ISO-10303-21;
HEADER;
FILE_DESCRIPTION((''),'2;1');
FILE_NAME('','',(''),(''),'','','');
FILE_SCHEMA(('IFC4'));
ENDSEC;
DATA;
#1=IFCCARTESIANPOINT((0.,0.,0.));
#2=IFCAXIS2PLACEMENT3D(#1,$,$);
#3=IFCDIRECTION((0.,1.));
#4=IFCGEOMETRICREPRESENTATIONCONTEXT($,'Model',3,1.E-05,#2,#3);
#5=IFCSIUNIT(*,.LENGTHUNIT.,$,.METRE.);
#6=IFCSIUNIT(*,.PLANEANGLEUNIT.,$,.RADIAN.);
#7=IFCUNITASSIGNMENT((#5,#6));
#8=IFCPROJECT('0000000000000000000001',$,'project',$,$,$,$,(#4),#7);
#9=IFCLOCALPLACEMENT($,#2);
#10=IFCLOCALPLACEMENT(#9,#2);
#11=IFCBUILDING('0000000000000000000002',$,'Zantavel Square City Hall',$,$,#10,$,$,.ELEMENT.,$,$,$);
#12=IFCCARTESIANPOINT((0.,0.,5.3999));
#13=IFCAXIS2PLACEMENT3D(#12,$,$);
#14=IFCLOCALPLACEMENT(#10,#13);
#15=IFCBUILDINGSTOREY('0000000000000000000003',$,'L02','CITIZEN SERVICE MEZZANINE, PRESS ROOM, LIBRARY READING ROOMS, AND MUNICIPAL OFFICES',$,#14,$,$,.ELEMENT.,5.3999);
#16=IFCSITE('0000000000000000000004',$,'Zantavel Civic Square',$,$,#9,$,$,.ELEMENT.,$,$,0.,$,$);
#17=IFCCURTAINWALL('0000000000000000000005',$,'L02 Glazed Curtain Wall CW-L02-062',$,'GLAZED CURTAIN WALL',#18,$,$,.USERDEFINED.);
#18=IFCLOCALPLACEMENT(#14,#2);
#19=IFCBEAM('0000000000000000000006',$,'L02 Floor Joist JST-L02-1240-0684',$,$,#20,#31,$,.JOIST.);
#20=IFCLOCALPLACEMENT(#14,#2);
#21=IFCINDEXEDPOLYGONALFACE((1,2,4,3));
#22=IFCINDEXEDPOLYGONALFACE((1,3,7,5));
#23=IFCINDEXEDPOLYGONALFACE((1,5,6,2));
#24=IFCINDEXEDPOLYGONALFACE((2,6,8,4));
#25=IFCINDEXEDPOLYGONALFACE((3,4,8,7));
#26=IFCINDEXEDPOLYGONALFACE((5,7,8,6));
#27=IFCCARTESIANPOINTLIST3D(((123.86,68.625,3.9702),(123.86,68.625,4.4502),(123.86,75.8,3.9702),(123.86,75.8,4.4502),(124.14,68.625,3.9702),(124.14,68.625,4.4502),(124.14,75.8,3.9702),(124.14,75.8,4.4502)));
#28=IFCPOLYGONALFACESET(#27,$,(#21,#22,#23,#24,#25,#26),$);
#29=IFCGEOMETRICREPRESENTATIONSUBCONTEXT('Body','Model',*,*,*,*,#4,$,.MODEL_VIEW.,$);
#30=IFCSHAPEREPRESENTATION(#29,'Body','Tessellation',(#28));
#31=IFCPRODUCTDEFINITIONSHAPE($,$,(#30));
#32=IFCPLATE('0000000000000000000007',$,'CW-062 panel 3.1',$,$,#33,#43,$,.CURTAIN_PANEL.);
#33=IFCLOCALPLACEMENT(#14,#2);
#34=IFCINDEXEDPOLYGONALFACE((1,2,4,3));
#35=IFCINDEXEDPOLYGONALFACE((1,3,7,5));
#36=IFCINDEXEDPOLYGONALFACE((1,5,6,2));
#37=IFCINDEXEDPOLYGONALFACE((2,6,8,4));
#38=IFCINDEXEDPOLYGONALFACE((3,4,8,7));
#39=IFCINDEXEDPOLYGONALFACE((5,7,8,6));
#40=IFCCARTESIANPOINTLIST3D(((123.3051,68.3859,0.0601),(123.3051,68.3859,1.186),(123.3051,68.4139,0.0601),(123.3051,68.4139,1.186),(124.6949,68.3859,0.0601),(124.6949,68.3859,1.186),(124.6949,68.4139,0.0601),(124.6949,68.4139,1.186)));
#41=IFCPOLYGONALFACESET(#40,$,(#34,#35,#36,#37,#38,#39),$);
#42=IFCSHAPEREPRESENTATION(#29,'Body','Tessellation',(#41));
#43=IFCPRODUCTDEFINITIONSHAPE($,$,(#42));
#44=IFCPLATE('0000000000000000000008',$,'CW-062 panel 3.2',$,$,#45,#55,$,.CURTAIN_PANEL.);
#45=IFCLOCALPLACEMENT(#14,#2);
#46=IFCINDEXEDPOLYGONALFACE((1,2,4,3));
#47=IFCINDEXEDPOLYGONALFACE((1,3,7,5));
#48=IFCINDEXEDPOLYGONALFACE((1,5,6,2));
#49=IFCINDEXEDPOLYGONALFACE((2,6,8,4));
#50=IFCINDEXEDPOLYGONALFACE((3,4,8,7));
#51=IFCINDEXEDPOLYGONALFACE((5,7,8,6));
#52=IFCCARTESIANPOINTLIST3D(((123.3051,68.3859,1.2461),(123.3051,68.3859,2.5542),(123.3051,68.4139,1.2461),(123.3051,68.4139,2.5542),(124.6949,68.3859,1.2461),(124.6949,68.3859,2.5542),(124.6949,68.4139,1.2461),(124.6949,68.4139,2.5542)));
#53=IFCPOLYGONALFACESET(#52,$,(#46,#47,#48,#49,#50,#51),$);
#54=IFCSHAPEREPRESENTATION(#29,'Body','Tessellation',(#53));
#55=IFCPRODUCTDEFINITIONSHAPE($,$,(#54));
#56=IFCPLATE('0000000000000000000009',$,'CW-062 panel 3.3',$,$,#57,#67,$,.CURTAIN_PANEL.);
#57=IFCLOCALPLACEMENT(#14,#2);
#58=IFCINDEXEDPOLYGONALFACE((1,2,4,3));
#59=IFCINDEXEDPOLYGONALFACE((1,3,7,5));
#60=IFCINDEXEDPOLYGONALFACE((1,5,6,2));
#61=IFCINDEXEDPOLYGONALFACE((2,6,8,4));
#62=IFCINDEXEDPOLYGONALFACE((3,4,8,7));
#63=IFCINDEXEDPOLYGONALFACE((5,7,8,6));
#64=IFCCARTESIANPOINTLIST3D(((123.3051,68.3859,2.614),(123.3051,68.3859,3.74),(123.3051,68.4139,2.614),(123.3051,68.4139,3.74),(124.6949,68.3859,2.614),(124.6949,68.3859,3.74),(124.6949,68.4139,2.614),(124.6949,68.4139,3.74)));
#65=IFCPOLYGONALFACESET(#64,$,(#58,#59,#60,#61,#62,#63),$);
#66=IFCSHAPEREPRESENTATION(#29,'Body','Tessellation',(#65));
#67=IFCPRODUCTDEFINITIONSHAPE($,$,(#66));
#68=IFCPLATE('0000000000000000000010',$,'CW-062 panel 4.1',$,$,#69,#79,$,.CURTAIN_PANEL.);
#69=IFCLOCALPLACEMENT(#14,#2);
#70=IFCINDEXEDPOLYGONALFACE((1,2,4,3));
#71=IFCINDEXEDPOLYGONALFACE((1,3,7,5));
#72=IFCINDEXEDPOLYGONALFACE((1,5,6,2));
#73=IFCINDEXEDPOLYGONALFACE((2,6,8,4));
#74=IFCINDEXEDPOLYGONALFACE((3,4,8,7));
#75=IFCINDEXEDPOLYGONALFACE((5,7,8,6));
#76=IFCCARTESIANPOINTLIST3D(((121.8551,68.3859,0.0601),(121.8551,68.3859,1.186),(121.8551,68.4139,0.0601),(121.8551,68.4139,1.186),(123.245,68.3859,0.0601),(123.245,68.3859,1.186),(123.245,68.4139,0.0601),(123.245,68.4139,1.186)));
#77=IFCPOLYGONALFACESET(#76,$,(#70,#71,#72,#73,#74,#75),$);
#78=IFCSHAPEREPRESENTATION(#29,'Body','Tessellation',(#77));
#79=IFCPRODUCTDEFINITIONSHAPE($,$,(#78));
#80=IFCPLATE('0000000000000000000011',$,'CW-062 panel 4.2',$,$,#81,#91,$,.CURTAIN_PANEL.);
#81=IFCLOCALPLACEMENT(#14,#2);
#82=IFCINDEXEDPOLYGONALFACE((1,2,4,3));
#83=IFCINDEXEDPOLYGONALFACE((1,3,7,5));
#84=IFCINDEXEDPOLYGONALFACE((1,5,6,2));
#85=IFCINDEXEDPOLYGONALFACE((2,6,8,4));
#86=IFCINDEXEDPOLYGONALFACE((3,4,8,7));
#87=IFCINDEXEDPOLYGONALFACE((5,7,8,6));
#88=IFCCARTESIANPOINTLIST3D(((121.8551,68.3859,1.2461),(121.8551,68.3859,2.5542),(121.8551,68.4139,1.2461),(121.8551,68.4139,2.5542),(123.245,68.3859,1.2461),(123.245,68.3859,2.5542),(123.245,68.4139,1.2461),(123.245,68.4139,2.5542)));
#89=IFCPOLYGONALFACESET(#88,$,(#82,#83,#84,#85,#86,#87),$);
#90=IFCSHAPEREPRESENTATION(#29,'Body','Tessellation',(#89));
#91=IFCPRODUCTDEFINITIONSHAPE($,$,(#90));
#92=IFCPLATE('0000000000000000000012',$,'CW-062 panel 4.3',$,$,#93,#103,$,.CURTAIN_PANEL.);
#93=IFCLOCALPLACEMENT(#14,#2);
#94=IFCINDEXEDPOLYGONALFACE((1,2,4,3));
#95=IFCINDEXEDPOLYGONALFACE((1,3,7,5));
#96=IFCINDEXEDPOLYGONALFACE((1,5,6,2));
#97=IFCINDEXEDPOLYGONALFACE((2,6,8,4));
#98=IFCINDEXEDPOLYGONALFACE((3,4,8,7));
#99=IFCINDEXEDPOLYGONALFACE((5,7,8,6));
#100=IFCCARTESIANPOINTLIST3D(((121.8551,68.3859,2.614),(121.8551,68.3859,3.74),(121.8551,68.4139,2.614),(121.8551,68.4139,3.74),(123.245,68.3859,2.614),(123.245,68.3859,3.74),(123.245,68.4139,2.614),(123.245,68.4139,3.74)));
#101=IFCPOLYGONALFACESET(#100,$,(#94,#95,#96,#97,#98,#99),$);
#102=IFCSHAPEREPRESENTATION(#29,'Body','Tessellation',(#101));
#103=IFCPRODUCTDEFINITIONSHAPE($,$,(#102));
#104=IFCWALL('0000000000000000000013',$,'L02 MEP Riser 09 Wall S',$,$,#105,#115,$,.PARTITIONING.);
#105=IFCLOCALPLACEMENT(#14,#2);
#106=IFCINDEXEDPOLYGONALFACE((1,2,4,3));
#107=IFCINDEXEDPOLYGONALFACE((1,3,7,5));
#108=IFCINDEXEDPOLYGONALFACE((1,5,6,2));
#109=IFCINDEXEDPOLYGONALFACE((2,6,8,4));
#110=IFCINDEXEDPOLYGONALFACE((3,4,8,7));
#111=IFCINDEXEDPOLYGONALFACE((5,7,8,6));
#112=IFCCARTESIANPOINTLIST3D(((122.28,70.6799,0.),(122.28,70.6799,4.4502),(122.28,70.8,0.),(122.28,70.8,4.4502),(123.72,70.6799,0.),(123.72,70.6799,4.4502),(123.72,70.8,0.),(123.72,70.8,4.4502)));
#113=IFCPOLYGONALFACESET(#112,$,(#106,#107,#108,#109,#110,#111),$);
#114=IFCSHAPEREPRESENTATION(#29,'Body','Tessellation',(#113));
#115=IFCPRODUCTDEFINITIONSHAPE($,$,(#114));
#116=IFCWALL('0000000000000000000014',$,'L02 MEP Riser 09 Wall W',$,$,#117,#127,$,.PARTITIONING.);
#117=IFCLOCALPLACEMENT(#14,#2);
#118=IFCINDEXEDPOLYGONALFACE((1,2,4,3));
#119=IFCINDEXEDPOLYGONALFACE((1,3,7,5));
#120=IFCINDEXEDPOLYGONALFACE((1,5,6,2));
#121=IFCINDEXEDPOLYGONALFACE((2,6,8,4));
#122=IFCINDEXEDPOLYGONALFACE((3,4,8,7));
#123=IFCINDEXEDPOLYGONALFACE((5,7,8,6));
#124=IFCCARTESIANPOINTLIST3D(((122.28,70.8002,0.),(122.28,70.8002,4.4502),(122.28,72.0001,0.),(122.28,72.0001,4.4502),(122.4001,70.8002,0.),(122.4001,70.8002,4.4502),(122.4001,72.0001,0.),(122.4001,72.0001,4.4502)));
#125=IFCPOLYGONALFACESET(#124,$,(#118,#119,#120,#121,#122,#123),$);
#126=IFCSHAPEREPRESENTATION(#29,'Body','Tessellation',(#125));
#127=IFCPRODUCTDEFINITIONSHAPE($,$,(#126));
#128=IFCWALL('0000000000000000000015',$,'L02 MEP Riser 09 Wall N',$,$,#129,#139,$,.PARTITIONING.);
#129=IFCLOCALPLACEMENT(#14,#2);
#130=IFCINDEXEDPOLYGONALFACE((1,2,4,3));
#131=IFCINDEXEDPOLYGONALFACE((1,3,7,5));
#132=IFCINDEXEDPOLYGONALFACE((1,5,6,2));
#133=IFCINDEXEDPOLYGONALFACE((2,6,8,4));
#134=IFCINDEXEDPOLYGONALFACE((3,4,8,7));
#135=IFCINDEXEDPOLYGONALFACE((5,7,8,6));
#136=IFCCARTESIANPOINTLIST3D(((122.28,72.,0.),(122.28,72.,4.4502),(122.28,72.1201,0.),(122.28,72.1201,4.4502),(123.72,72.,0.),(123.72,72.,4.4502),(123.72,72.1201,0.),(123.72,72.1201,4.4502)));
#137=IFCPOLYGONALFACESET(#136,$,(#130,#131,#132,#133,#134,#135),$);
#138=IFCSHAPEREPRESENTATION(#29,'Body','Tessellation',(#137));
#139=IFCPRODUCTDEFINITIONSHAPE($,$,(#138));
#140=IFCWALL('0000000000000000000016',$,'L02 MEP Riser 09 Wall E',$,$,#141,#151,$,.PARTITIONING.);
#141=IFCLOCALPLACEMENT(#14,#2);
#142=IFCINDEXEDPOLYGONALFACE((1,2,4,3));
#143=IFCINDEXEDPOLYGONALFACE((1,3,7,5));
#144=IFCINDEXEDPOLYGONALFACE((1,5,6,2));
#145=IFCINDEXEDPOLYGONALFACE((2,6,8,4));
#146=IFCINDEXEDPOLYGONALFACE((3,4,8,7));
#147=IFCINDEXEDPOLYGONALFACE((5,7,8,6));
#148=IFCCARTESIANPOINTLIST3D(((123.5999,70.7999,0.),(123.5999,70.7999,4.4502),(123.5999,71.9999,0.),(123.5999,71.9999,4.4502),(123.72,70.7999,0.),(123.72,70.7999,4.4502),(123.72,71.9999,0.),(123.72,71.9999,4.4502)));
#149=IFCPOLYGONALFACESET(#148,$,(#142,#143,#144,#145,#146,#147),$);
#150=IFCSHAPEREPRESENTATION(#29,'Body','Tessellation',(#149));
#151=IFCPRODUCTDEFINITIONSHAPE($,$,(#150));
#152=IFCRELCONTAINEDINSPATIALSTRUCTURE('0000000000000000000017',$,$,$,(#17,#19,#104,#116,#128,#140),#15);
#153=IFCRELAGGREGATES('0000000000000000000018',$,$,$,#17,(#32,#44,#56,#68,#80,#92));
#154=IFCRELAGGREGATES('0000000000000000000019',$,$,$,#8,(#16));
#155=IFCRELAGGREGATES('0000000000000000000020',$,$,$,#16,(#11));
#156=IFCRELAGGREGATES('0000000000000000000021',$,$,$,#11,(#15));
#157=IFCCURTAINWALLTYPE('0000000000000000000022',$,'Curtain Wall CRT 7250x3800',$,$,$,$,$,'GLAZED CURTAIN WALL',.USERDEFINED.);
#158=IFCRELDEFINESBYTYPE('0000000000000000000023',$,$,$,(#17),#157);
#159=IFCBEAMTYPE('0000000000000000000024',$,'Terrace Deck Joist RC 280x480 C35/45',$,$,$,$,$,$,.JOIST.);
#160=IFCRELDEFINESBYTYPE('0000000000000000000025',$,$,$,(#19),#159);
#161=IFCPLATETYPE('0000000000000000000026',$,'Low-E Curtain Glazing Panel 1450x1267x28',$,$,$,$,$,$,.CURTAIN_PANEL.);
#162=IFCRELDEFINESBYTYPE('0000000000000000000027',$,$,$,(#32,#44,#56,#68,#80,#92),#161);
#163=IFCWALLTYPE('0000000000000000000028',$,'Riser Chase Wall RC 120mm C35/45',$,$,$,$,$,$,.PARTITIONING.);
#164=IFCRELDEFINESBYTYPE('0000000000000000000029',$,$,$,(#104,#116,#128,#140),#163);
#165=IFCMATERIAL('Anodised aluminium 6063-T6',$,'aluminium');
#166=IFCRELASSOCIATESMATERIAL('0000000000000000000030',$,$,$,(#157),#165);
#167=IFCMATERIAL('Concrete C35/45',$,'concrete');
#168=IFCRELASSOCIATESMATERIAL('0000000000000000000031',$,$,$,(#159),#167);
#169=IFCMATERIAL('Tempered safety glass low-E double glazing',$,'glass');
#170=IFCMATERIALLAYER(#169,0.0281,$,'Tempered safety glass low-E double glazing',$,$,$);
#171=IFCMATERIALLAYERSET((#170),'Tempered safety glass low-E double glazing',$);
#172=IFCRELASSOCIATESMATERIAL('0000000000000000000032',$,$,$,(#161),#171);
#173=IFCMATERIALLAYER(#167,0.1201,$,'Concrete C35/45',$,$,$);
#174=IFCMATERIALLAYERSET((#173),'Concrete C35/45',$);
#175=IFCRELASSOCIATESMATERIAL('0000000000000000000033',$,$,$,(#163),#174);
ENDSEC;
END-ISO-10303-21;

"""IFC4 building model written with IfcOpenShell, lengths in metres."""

from ifc_helpers import new_model, si_unit, direction, frame, frame_2d, origin, origin_2d, place, context, subcontext, project, spatial, rectangle, extrude, material, layer, layer_set, material_profile, profile_set, type_object, element, aggregate, save


model = new_model("IFC4")

# Units and contexts
model_context = context("Model", 3, precision=1e-05, world=origin(), true_north=direction((0.0, 1.0)))
body_context = subcontext(model_context, "Body", "Model", "MODEL_VIEW")
ifc_project = project(units=[si_unit("LENGTHUNIT", "METRE"), si_unit("PLANEANGLEUNIT", "RADIAN")], contexts=[model_context])

# Site, building, storey
site_placement = place(None, origin())
site = spatial("IfcSite", under=ifc_project, at=site_placement, Name="Zantavel Civic Square", CompositionType="ELEMENT", RefElevation=0.0)
building_placement = place(site_placement, origin())
building = spatial("IfcBuilding", under=site, at=building_placement, Name="Zantavel Square City Hall", CompositionType="ELEMENT")
storey_placement = place(building_placement, frame((0.0, 0.0, 5.3999)))
storey = spatial("IfcBuildingStorey", under=building, at=storey_placement, Name="L02", Description="CITIZEN SERVICE MEZZANINE, PRESS ROOM, LIBRARY READING ROOMS, AND MUNICIPAL OFFICES", CompositionType="ELEMENT", Elevation=5.3999)

# Curtain wall
ifc_material_1 = material(Name="Anodised aluminium 6063-T6", Category="aluminium")
curtain_wall_type = type_object("IfcCurtainWallType", Name="Curtain Wall CRT 7250x3800", ElementType="GLAZED CURTAIN WALL", PredefinedType="USERDEFINED", material=ifc_material_1)
curtain_wall_placement = place(storey_placement, origin())
curtain_wall = element("IfcCurtainWall", 1, at=curtain_wall_placement, inside=storey, type_object=curtain_wall_type, Name="L02 Glazed Curtain Wall CW-L02-062", ObjectType="GLAZED CURTAIN WALL", PredefinedType="USERDEFINED")

# Beam
ifc_material_2 = material(Name="Concrete C35/45", Category="concrete")
ifc_material_profile_1 = material_profile(ifc_material_2, rectangle(XDim=0.28, YDim=0.48, at=origin_2d()), Name="RC 280x480")
ifc_profile_set_1 = profile_set([ifc_material_profile_1], Name="Concrete C35/45")
beam_type_1 = type_object("IfcBeamType", Name="Terrace Deck Joist RC 280x480 C35/45", PredefinedType="JOIST", material=ifc_profile_set_1)
beam_1_placement = place(storey_placement, frame((124.0, 68.625, 4.2102), z_axis=(0.0, 1.0, 0.0), x_axis=(-1.0, 0.0, 0.0)))
element("IfcBeam", 2, at=beam_1_placement, inside=storey, type_object=beam_type_1, Name="L02 Floor Joist JST-L02-1240-0684", PredefinedType="JOIST", context=body_context, shape_type="SweptSolid", body=[
    extrude(rectangle(XDim=0.28, YDim=0.48, at=origin_2d()), origin(), (0.0, 0.0, 1.0), 7.175),
])

# Plates
ifc_material_3 = material(Name="Tempered safety glass low-E double glazing", Category="glass")
ifc_layer_1 = layer(ifc_material_3, 0.0281, Name="Tempered safety glass low-E double glazing")
ifc_layer_set_1 = layer_set([ifc_layer_1], Name="Tempered safety glass low-E double glazing")
plate_type = type_object("IfcPlateType", Name="Low-E Curtain Glazing Panel 1450x1267x28", PredefinedType="CURTAIN_PANEL", material=ifc_layer_set_1)
plate_1_placement = place(storey_placement, frame((124.0, 68.3999, 0.0601), z_axis=(0.0, 0.0, 1.0), x_axis=(-1.0, 0.0, 0.0)))
plate_1 = element("IfcPlate", 3, at=plate_1_placement, type_object=plate_type, Name="CW-062 panel 3.1", PredefinedType="CURTAIN_PANEL", context=body_context, shape_type="SweptSolid", body=[
    extrude(rectangle(XDim=1.3899, YDim=0.0281, at=origin_2d()), origin(), (0.0, 0.0, 1.0), 1.126),
])
plate_2_placement = place(storey_placement, frame((124.0, 68.3999, 1.2461), z_axis=(0.0, 0.0, 1.0), x_axis=(-1.0, 0.0, 0.0)))
plate_2 = element("IfcPlate", 4, at=plate_2_placement, type_object=plate_type, Name="CW-062 panel 3.2", PredefinedType="CURTAIN_PANEL", context=body_context, shape_type="SweptSolid", body=[
    extrude(rectangle(XDim=1.3899, YDim=0.0281, at=origin_2d()), origin(), (0.0, 0.0, 1.0), 1.3081),
])
plate_3_placement = place(storey_placement, frame((124.0, 68.3999, 2.614), z_axis=(0.0, 0.0, 1.0), x_axis=(-1.0, 0.0, 0.0)))
plate_3 = element("IfcPlate", 5, at=plate_3_placement, type_object=plate_type, Name="CW-062 panel 3.3", PredefinedType="CURTAIN_PANEL", context=body_context, shape_type="SweptSolid", body=[
    extrude(rectangle(XDim=1.3899, YDim=0.0281, at=origin_2d()), origin(), (0.0, 0.0, 1.0), 1.126),
])
plate_4_placement = place(storey_placement, frame((122.55, 68.3999, 0.0601), z_axis=(0.0, 0.0, 1.0), x_axis=(-1.0, 0.0, 0.0)))
plate_4 = element("IfcPlate", 6, at=plate_4_placement, type_object=plate_type, Name="CW-062 panel 4.1", PredefinedType="CURTAIN_PANEL", context=body_context, shape_type="SweptSolid", body=[
    extrude(rectangle(XDim=1.3899, YDim=0.0281, at=origin_2d()), origin(), (0.0, 0.0, 1.0), 1.126),
])
plate_5_placement = place(storey_placement, frame((122.55, 68.3999, 1.2461), z_axis=(0.0, 0.0, 1.0), x_axis=(-1.0, 0.0, 0.0)))
plate_5 = element("IfcPlate", 7, at=plate_5_placement, type_object=plate_type, Name="CW-062 panel 4.2", PredefinedType="CURTAIN_PANEL", context=body_context, shape_type="SweptSolid", body=[
    extrude(rectangle(XDim=1.3899, YDim=0.0281, at=origin_2d()), origin(), (0.0, 0.0, 1.0), 1.3081),
])
plate_6_placement = place(storey_placement, frame((122.55, 68.3999, 2.614), z_axis=(0.0, 0.0, 1.0), x_axis=(-1.0, 0.0, 0.0)))
plate_6 = element("IfcPlate", 8, at=plate_6_placement, type_object=plate_type, Name="CW-062 panel 4.3", PredefinedType="CURTAIN_PANEL", context=body_context, shape_type="SweptSolid", body=[
    extrude(rectangle(XDim=1.3899, YDim=0.0281, at=origin_2d()), origin(), (0.0, 0.0, 1.0), 1.126),
])
aggregate(curtain_wall, [plate_1, plate_2, plate_3, plate_4, plate_5, plate_6])

# Walls
ifc_layer_2 = layer(ifc_material_2, 0.1201, Name="Concrete C35/45")
ifc_layer_set_2 = layer_set([ifc_layer_2], Name="Concrete C35/45")
wall_type = type_object("IfcWallType", Name="Riser Chase Wall RC 120mm C35/45", PredefinedType="PARTITIONING", material=ifc_layer_set_2)
wall_1_placement = place(storey_placement, frame((123.72, 70.74, 0.0), z_axis=(0.0, 0.0, 1.0), x_axis=(-1.0, 0.0, 0.0)))
element("IfcWall", 9, at=wall_1_placement, inside=storey, type_object=wall_type, Name="L02 MEP Riser 09 Wall S", PredefinedType="PARTITIONING", context=body_context, shape_type="SweptSolid", body=[
    extrude(rectangle(XDim=1.4399, YDim=0.1201, at=frame_2d((0.72, 0.0))), origin(), (0.0, 0.0, 1.0), 4.4502),
])
wall_2_placement = place(storey_placement, frame((122.3401, 70.8, 0.0), z_axis=(0.0, 0.0, 1.0), x_axis=(0.0, 1.0, 0.0)))
element("IfcWall", 10, at=wall_2_placement, inside=storey, type_object=wall_type, Name="L02 MEP Riser 09 Wall W", PredefinedType="PARTITIONING", context=body_context, shape_type="SweptSolid", body=[
    extrude(rectangle(XDim=1.2, YDim=0.1201, at=frame_2d((0.6001, 0.0))), origin(), (0.0, 0.0, 1.0), 4.4502),
])
wall_3_placement = place(storey_placement, frame((122.28, 72.0601, 0.0), z_axis=(0.0, 0.0, 1.0), x_axis=(1.0, 0.0, 0.0)))
element("IfcWall", 11, at=wall_3_placement, inside=storey, type_object=wall_type, Name="L02 MEP Riser 09 Wall N", PredefinedType="PARTITIONING", context=body_context, shape_type="SweptSolid", body=[
    extrude(rectangle(XDim=1.4399, YDim=0.1201, at=frame_2d((0.72, 0.0))), origin(), (0.0, 0.0, 1.0), 4.4502),
])
wall_4_placement = place(storey_placement, frame((123.6599, 72.0, 0.0), z_axis=(0.0, 0.0, 1.0), x_axis=(0.0, -1.0, 0.0)))
element("IfcWall", 12, at=wall_4_placement, inside=storey, type_object=wall_type, Name="L02 MEP Riser 09 Wall E", PredefinedType="PARTITIONING", context=body_context, shape_type="SweptSolid", body=[
    extrude(rectangle(XDim=1.2, YDim=0.1201, at=frame_2d((0.6001, 0.0))), origin(), (0.0, 0.0, 1.0), 4.4502),
])

save(model, "model.ifc")
